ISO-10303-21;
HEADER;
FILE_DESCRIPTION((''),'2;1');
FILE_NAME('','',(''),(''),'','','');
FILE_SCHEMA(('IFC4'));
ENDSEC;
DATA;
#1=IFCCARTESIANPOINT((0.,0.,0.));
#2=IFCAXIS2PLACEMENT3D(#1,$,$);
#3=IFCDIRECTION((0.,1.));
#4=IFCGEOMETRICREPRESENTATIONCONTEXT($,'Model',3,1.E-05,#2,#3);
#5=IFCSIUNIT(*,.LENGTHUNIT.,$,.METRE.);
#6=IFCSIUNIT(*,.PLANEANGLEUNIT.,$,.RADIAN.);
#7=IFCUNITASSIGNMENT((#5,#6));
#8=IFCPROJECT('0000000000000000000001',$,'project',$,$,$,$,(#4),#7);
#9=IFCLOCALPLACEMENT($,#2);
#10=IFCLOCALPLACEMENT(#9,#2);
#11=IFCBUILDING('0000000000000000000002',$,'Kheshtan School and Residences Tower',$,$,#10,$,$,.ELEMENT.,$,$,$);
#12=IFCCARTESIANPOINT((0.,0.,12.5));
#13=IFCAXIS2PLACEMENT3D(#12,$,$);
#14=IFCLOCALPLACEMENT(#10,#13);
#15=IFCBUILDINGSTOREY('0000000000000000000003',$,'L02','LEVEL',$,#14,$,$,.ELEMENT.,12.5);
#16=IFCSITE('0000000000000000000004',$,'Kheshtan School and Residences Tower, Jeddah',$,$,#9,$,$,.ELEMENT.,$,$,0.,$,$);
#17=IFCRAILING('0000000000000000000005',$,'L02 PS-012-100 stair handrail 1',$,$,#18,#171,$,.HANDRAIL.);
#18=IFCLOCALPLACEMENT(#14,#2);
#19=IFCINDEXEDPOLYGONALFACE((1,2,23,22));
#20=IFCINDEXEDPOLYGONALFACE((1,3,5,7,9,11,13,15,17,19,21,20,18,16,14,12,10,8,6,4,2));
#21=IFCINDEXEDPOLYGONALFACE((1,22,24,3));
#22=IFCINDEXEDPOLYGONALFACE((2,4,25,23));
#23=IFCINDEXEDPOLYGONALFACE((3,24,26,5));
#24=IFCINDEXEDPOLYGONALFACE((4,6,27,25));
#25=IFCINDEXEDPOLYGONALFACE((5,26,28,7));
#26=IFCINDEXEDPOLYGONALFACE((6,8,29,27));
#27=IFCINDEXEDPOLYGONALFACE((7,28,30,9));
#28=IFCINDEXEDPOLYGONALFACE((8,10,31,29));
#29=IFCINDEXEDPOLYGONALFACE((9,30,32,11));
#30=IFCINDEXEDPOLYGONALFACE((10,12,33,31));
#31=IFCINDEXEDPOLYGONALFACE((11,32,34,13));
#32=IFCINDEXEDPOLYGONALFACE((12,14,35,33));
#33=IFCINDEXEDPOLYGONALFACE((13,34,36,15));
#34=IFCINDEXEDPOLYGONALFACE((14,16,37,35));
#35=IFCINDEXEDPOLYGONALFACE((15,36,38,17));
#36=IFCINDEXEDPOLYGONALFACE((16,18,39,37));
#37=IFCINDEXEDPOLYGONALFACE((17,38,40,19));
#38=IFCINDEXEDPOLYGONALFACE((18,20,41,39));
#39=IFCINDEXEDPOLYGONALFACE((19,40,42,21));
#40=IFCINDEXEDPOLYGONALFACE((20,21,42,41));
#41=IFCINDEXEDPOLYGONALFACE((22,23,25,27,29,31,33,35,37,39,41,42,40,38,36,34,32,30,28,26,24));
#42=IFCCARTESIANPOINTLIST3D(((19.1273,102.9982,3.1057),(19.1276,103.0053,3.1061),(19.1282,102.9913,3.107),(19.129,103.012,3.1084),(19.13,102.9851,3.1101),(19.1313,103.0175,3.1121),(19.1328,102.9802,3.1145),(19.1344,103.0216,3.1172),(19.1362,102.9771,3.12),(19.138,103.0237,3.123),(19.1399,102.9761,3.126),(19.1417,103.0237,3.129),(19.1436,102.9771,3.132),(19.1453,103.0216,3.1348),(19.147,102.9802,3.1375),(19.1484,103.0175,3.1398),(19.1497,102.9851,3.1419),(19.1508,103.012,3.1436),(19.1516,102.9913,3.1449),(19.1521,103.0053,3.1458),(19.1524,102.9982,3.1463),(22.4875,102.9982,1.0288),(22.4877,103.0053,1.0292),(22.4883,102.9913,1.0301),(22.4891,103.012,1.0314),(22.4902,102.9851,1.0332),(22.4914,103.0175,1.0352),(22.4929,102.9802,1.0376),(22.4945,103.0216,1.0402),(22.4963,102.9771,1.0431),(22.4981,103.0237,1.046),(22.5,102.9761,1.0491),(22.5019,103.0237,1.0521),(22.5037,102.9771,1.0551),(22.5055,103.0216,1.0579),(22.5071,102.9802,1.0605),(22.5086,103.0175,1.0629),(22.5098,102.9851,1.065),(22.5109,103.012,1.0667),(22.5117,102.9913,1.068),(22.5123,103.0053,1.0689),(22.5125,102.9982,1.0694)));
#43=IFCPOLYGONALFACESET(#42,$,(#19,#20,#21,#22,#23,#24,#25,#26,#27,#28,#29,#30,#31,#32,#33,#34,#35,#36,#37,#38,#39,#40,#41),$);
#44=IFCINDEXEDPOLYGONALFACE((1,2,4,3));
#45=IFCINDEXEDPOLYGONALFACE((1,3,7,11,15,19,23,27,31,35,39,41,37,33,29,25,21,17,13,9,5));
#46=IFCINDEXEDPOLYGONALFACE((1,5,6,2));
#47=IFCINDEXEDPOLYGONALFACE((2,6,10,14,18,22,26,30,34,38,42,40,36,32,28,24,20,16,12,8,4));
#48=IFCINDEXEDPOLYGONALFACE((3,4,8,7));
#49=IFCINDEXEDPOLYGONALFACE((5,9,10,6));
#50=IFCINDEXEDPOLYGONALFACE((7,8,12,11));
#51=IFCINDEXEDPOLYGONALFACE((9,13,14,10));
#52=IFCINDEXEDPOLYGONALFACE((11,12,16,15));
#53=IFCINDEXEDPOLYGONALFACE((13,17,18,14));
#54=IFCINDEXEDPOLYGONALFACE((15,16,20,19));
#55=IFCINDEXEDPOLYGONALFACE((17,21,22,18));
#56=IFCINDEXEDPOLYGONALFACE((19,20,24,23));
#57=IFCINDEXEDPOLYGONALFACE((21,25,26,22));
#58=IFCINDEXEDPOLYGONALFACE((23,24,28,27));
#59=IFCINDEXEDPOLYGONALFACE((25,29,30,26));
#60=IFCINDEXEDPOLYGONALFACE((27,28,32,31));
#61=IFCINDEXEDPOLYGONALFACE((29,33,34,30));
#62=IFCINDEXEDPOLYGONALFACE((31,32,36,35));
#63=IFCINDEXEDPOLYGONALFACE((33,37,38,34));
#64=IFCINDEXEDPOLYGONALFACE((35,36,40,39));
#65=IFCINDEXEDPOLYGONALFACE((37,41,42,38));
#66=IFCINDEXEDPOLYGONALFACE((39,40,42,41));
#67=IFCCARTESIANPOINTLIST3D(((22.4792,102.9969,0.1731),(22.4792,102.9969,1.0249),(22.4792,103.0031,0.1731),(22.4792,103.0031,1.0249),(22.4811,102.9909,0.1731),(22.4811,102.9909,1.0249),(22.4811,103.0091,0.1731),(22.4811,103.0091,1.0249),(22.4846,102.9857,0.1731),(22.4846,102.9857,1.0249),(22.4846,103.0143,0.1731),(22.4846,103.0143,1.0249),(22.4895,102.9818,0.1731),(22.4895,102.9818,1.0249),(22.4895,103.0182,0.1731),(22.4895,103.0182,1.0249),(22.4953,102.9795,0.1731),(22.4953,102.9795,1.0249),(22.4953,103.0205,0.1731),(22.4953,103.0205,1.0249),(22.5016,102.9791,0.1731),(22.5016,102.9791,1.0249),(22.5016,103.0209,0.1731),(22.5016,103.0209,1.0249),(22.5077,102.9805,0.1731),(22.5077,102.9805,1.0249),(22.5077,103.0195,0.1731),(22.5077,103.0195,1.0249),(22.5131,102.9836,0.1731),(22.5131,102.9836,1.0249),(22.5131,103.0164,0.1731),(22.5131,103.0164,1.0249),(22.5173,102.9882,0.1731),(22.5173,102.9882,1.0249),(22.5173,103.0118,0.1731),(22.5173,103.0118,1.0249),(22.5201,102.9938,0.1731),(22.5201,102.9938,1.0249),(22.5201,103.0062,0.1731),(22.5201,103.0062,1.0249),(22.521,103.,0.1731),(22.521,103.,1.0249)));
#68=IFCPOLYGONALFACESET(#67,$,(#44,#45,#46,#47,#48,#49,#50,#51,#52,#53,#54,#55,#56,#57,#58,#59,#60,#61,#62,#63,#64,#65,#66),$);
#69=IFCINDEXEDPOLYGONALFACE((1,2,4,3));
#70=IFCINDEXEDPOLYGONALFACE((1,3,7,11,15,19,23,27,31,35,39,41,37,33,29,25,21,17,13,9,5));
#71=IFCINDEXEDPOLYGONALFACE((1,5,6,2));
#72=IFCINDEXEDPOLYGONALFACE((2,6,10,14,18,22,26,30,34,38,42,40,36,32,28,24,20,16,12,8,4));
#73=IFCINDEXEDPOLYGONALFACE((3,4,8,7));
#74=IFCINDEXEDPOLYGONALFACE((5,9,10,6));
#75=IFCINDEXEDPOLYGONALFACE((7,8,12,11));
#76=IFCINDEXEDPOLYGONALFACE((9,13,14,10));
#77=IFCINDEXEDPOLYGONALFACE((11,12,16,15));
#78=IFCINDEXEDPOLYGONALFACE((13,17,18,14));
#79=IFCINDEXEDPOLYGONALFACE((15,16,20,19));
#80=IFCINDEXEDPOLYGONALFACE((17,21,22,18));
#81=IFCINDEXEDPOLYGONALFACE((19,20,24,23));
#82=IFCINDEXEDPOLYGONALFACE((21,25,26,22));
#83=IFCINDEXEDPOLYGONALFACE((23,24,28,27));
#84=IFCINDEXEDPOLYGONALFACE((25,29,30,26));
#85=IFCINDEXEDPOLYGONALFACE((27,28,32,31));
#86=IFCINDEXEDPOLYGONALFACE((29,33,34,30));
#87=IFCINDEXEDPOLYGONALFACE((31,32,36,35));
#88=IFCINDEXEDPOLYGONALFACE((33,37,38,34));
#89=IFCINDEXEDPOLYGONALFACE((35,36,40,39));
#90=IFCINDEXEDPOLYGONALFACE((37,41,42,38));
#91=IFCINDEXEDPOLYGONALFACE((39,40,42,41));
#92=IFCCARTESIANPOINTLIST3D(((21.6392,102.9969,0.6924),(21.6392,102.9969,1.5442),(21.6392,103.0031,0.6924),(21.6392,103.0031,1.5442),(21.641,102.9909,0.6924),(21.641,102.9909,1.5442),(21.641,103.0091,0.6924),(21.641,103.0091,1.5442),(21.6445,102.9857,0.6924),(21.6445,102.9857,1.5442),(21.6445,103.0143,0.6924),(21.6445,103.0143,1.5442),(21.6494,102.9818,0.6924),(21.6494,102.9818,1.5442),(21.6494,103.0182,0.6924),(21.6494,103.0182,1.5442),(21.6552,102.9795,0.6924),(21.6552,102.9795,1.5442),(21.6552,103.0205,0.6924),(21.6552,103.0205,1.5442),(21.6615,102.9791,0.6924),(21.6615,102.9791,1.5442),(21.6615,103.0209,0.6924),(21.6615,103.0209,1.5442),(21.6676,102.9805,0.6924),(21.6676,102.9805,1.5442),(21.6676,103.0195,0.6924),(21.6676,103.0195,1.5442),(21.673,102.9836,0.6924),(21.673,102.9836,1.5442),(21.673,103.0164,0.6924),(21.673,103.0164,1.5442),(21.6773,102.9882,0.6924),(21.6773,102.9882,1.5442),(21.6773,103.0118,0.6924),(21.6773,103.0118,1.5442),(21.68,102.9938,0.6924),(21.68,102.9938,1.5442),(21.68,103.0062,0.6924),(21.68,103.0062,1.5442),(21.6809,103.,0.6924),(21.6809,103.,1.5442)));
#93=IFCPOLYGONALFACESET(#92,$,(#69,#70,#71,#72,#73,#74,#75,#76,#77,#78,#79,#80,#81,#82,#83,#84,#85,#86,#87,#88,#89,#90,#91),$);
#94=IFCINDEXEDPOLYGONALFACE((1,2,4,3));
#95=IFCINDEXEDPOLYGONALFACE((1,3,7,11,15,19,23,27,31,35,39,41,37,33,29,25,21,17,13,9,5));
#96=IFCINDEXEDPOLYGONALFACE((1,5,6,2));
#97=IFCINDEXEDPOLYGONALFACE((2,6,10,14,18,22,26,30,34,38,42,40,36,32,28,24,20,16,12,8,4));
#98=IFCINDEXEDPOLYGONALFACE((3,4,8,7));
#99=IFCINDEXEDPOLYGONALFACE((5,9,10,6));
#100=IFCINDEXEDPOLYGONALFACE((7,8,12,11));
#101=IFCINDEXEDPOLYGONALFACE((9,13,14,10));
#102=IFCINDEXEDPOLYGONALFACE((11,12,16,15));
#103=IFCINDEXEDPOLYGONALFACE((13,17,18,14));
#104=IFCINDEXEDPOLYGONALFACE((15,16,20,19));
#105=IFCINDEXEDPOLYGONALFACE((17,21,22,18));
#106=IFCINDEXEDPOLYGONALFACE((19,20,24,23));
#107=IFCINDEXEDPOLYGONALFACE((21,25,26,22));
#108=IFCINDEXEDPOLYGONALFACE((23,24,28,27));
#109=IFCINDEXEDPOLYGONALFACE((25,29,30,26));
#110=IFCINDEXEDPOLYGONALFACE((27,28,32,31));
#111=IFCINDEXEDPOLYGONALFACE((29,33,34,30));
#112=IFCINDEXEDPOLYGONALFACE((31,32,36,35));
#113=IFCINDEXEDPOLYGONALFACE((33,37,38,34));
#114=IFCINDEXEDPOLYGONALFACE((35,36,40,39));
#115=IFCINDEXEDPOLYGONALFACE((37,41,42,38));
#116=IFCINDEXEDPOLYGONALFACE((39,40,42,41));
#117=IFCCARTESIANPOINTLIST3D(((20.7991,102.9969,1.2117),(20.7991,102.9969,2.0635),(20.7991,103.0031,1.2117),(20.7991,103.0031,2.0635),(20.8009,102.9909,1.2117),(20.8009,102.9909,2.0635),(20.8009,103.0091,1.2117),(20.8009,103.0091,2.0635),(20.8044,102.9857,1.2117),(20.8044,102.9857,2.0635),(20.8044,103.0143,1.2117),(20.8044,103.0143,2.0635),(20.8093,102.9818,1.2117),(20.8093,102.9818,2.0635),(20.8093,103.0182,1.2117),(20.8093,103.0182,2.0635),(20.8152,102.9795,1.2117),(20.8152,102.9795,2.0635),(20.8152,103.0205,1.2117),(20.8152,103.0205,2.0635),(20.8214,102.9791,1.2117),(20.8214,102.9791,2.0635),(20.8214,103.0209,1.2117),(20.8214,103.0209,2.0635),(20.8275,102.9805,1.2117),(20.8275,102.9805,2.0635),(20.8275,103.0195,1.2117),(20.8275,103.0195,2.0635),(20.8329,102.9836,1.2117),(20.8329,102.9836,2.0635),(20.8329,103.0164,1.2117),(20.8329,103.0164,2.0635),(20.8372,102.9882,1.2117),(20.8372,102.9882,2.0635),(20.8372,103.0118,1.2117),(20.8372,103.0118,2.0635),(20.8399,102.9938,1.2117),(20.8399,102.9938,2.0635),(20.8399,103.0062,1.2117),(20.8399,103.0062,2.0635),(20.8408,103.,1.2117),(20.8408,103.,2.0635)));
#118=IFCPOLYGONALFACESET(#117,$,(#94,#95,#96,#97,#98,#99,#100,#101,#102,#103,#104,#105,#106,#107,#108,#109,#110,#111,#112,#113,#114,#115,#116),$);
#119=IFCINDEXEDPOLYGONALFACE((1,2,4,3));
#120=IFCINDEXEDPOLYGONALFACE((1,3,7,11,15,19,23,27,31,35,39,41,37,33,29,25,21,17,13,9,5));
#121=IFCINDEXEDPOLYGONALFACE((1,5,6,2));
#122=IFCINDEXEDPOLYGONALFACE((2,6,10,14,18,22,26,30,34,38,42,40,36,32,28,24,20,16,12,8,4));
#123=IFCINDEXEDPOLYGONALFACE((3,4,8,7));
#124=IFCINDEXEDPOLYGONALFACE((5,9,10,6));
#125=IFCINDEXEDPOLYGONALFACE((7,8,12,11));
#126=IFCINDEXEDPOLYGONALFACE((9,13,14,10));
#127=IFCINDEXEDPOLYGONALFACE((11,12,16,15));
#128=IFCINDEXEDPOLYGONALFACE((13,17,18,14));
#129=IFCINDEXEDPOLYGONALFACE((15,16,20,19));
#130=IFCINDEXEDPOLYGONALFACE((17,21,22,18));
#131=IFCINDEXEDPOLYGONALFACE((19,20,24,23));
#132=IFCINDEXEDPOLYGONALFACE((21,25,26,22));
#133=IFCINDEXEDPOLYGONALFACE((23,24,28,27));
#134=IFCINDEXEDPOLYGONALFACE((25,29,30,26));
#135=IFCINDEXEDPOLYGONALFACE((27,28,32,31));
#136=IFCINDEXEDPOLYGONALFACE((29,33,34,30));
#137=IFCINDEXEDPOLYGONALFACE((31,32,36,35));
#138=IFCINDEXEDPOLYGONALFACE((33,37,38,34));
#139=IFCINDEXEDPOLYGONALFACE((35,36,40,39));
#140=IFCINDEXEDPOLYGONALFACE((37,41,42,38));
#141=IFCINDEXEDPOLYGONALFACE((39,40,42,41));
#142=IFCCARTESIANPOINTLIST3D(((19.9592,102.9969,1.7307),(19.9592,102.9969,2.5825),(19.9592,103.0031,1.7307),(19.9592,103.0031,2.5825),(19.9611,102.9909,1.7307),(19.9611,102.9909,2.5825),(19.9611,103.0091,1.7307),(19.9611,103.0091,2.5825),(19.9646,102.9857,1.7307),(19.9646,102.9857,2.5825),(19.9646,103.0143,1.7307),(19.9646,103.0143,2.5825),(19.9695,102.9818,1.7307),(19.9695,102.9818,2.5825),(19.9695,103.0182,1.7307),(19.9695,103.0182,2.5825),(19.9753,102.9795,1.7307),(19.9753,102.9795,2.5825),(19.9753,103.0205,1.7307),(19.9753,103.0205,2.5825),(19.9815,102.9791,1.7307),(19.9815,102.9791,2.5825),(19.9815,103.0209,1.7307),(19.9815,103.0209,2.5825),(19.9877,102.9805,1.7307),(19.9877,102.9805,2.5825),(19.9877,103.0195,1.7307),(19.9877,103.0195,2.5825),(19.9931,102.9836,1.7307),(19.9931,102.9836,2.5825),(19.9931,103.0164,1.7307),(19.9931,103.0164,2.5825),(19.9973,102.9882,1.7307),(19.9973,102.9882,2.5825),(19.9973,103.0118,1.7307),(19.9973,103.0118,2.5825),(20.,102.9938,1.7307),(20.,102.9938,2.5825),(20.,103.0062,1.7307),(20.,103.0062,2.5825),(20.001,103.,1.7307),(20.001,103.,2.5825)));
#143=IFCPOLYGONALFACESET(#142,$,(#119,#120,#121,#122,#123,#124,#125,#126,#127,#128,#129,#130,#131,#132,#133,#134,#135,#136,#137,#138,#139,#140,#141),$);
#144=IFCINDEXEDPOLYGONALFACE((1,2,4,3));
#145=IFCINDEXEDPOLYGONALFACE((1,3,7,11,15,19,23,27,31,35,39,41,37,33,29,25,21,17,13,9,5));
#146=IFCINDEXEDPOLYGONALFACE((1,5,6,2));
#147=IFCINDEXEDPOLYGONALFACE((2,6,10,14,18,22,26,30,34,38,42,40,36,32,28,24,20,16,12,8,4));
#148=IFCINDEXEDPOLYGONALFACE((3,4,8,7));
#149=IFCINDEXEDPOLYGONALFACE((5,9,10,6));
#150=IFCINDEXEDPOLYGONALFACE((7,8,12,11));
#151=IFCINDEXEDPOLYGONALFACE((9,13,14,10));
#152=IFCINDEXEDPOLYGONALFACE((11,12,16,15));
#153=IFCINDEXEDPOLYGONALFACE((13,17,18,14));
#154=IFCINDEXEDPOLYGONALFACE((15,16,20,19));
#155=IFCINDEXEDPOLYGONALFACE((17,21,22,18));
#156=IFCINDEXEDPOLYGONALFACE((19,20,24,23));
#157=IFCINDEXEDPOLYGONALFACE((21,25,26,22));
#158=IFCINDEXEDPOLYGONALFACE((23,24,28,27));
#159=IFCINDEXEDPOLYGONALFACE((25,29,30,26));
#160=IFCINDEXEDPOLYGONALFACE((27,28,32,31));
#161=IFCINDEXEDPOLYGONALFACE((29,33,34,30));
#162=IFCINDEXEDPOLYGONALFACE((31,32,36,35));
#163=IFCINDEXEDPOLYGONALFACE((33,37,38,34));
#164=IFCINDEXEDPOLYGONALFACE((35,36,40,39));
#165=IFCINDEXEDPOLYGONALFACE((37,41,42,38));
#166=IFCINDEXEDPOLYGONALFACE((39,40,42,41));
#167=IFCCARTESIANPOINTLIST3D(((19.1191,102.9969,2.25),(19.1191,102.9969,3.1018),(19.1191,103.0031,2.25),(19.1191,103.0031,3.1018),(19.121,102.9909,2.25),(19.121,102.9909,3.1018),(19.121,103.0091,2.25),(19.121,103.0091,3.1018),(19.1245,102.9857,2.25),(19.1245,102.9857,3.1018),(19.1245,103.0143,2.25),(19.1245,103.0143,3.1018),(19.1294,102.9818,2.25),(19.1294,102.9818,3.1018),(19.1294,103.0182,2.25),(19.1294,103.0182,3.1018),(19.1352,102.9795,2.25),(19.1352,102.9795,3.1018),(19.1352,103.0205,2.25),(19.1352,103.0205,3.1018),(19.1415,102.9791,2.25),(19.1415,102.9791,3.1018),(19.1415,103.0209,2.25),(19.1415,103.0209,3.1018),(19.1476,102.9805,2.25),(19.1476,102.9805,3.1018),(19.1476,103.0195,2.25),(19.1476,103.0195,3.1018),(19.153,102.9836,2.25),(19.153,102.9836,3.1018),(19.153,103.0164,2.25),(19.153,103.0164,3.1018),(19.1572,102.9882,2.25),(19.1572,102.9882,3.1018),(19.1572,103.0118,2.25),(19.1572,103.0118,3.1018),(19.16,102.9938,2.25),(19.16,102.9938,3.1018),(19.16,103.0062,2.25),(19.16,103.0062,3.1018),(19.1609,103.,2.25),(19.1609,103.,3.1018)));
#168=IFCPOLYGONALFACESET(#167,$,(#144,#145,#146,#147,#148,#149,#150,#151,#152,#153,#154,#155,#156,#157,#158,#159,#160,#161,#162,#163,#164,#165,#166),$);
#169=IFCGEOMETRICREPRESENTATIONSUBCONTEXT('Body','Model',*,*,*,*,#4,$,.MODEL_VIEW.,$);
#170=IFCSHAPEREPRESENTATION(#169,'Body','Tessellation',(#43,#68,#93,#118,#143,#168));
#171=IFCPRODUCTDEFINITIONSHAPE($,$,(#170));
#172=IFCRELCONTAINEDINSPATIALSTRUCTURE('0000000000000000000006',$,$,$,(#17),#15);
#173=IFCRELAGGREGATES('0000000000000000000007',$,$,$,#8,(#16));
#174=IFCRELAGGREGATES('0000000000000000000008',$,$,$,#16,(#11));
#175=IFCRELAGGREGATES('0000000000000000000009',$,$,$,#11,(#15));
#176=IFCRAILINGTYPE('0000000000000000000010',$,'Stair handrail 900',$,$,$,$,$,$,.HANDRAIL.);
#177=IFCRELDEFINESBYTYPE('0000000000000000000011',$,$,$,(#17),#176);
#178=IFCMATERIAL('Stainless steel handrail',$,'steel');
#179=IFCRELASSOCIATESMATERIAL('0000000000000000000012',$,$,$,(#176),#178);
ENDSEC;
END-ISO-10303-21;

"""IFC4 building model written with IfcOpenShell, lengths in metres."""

from ifc_helpers import new_model, si_unit, direction, frame, origin, origin_2d, place, context, subcontext, project, spatial, circle, extrude, material, type_object, element, save


model = new_model("IFC4")

# Units and contexts
model_context = context("Model", 3, precision=1e-05, world=origin(), true_north=direction((0.0, 1.0)))
body_context = subcontext(model_context, "Body", "Model", "MODEL_VIEW")
ifc_project = project(units=[si_unit("LENGTHUNIT", "METRE"), si_unit("PLANEANGLEUNIT", "RADIAN")], contexts=[model_context])

# Site, building, storey
site_placement = place(None, origin())
site = spatial("IfcSite", under=ifc_project, at=site_placement, Name="Kheshtan School and Residences Tower, Jeddah", CompositionType="ELEMENT", RefElevation=0.0)
building_placement = place(site_placement, origin())
building = spatial("IfcBuilding", under=site, at=building_placement, Name="Kheshtan School and Residences Tower", CompositionType="ELEMENT")
storey_placement = place(building_placement, frame((0.0, 0.0, 12.5)))
storey = spatial("IfcBuildingStorey", under=building, at=storey_placement, Name="L02", Description="LEVEL", CompositionType="ELEMENT", Elevation=12.5)

# Railing
ifc_material_1 = material(Name="Stainless steel handrail", Category="steel")
railing_type_1 = type_object("IfcRailingType", Name="Stair handrail 900", PredefinedType="HANDRAIL", material=ifc_material_1)
railing_1_placement = place(storey_placement, frame((22.5, 103.0, 0.1731)))
element("IfcRailing", 1, at=railing_1_placement, inside=storey, type_object=railing_type_1, Name="L02 PS-012-100 stair handrail 1", PredefinedType="HANDRAIL", context=body_context, shape_type="SweptSolid", body=[
    extrude(circle(Radius=0.0239, at=origin_2d()), frame((0.0, 0.0, 0.876), z_axis=(-0.850623, 0.0, 0.525776), x_axis=(0.0, -1.0, 0.0)), (0.0, 0.0, 1.0), 3.9502),
    extrude(circle(Radius=0.021, at=origin_2d()), origin(), (0.0, 0.0, 1.0), 0.8518),
    extrude(circle(Radius=0.021, at=origin_2d()), frame((-0.8401, 0.0, 0.5193)), (0.0, 0.0, 1.0), 0.8518),
    extrude(circle(Radius=0.021, at=origin_2d()), frame((-1.6802, 0.0, 1.0386)), (0.0, 0.0, 1.0), 0.8518),
    extrude(circle(Radius=0.021, at=origin_2d()), frame((-2.52, 0.0, 1.5576)), (0.0, 0.0, 1.0), 0.8518),
    extrude(circle(Radius=0.021, at=origin_2d()), frame((-3.3601, 0.0, 2.0769)), (0.0, 0.0, 1.0), 0.8518),
])

save(model, "model.ifc")
